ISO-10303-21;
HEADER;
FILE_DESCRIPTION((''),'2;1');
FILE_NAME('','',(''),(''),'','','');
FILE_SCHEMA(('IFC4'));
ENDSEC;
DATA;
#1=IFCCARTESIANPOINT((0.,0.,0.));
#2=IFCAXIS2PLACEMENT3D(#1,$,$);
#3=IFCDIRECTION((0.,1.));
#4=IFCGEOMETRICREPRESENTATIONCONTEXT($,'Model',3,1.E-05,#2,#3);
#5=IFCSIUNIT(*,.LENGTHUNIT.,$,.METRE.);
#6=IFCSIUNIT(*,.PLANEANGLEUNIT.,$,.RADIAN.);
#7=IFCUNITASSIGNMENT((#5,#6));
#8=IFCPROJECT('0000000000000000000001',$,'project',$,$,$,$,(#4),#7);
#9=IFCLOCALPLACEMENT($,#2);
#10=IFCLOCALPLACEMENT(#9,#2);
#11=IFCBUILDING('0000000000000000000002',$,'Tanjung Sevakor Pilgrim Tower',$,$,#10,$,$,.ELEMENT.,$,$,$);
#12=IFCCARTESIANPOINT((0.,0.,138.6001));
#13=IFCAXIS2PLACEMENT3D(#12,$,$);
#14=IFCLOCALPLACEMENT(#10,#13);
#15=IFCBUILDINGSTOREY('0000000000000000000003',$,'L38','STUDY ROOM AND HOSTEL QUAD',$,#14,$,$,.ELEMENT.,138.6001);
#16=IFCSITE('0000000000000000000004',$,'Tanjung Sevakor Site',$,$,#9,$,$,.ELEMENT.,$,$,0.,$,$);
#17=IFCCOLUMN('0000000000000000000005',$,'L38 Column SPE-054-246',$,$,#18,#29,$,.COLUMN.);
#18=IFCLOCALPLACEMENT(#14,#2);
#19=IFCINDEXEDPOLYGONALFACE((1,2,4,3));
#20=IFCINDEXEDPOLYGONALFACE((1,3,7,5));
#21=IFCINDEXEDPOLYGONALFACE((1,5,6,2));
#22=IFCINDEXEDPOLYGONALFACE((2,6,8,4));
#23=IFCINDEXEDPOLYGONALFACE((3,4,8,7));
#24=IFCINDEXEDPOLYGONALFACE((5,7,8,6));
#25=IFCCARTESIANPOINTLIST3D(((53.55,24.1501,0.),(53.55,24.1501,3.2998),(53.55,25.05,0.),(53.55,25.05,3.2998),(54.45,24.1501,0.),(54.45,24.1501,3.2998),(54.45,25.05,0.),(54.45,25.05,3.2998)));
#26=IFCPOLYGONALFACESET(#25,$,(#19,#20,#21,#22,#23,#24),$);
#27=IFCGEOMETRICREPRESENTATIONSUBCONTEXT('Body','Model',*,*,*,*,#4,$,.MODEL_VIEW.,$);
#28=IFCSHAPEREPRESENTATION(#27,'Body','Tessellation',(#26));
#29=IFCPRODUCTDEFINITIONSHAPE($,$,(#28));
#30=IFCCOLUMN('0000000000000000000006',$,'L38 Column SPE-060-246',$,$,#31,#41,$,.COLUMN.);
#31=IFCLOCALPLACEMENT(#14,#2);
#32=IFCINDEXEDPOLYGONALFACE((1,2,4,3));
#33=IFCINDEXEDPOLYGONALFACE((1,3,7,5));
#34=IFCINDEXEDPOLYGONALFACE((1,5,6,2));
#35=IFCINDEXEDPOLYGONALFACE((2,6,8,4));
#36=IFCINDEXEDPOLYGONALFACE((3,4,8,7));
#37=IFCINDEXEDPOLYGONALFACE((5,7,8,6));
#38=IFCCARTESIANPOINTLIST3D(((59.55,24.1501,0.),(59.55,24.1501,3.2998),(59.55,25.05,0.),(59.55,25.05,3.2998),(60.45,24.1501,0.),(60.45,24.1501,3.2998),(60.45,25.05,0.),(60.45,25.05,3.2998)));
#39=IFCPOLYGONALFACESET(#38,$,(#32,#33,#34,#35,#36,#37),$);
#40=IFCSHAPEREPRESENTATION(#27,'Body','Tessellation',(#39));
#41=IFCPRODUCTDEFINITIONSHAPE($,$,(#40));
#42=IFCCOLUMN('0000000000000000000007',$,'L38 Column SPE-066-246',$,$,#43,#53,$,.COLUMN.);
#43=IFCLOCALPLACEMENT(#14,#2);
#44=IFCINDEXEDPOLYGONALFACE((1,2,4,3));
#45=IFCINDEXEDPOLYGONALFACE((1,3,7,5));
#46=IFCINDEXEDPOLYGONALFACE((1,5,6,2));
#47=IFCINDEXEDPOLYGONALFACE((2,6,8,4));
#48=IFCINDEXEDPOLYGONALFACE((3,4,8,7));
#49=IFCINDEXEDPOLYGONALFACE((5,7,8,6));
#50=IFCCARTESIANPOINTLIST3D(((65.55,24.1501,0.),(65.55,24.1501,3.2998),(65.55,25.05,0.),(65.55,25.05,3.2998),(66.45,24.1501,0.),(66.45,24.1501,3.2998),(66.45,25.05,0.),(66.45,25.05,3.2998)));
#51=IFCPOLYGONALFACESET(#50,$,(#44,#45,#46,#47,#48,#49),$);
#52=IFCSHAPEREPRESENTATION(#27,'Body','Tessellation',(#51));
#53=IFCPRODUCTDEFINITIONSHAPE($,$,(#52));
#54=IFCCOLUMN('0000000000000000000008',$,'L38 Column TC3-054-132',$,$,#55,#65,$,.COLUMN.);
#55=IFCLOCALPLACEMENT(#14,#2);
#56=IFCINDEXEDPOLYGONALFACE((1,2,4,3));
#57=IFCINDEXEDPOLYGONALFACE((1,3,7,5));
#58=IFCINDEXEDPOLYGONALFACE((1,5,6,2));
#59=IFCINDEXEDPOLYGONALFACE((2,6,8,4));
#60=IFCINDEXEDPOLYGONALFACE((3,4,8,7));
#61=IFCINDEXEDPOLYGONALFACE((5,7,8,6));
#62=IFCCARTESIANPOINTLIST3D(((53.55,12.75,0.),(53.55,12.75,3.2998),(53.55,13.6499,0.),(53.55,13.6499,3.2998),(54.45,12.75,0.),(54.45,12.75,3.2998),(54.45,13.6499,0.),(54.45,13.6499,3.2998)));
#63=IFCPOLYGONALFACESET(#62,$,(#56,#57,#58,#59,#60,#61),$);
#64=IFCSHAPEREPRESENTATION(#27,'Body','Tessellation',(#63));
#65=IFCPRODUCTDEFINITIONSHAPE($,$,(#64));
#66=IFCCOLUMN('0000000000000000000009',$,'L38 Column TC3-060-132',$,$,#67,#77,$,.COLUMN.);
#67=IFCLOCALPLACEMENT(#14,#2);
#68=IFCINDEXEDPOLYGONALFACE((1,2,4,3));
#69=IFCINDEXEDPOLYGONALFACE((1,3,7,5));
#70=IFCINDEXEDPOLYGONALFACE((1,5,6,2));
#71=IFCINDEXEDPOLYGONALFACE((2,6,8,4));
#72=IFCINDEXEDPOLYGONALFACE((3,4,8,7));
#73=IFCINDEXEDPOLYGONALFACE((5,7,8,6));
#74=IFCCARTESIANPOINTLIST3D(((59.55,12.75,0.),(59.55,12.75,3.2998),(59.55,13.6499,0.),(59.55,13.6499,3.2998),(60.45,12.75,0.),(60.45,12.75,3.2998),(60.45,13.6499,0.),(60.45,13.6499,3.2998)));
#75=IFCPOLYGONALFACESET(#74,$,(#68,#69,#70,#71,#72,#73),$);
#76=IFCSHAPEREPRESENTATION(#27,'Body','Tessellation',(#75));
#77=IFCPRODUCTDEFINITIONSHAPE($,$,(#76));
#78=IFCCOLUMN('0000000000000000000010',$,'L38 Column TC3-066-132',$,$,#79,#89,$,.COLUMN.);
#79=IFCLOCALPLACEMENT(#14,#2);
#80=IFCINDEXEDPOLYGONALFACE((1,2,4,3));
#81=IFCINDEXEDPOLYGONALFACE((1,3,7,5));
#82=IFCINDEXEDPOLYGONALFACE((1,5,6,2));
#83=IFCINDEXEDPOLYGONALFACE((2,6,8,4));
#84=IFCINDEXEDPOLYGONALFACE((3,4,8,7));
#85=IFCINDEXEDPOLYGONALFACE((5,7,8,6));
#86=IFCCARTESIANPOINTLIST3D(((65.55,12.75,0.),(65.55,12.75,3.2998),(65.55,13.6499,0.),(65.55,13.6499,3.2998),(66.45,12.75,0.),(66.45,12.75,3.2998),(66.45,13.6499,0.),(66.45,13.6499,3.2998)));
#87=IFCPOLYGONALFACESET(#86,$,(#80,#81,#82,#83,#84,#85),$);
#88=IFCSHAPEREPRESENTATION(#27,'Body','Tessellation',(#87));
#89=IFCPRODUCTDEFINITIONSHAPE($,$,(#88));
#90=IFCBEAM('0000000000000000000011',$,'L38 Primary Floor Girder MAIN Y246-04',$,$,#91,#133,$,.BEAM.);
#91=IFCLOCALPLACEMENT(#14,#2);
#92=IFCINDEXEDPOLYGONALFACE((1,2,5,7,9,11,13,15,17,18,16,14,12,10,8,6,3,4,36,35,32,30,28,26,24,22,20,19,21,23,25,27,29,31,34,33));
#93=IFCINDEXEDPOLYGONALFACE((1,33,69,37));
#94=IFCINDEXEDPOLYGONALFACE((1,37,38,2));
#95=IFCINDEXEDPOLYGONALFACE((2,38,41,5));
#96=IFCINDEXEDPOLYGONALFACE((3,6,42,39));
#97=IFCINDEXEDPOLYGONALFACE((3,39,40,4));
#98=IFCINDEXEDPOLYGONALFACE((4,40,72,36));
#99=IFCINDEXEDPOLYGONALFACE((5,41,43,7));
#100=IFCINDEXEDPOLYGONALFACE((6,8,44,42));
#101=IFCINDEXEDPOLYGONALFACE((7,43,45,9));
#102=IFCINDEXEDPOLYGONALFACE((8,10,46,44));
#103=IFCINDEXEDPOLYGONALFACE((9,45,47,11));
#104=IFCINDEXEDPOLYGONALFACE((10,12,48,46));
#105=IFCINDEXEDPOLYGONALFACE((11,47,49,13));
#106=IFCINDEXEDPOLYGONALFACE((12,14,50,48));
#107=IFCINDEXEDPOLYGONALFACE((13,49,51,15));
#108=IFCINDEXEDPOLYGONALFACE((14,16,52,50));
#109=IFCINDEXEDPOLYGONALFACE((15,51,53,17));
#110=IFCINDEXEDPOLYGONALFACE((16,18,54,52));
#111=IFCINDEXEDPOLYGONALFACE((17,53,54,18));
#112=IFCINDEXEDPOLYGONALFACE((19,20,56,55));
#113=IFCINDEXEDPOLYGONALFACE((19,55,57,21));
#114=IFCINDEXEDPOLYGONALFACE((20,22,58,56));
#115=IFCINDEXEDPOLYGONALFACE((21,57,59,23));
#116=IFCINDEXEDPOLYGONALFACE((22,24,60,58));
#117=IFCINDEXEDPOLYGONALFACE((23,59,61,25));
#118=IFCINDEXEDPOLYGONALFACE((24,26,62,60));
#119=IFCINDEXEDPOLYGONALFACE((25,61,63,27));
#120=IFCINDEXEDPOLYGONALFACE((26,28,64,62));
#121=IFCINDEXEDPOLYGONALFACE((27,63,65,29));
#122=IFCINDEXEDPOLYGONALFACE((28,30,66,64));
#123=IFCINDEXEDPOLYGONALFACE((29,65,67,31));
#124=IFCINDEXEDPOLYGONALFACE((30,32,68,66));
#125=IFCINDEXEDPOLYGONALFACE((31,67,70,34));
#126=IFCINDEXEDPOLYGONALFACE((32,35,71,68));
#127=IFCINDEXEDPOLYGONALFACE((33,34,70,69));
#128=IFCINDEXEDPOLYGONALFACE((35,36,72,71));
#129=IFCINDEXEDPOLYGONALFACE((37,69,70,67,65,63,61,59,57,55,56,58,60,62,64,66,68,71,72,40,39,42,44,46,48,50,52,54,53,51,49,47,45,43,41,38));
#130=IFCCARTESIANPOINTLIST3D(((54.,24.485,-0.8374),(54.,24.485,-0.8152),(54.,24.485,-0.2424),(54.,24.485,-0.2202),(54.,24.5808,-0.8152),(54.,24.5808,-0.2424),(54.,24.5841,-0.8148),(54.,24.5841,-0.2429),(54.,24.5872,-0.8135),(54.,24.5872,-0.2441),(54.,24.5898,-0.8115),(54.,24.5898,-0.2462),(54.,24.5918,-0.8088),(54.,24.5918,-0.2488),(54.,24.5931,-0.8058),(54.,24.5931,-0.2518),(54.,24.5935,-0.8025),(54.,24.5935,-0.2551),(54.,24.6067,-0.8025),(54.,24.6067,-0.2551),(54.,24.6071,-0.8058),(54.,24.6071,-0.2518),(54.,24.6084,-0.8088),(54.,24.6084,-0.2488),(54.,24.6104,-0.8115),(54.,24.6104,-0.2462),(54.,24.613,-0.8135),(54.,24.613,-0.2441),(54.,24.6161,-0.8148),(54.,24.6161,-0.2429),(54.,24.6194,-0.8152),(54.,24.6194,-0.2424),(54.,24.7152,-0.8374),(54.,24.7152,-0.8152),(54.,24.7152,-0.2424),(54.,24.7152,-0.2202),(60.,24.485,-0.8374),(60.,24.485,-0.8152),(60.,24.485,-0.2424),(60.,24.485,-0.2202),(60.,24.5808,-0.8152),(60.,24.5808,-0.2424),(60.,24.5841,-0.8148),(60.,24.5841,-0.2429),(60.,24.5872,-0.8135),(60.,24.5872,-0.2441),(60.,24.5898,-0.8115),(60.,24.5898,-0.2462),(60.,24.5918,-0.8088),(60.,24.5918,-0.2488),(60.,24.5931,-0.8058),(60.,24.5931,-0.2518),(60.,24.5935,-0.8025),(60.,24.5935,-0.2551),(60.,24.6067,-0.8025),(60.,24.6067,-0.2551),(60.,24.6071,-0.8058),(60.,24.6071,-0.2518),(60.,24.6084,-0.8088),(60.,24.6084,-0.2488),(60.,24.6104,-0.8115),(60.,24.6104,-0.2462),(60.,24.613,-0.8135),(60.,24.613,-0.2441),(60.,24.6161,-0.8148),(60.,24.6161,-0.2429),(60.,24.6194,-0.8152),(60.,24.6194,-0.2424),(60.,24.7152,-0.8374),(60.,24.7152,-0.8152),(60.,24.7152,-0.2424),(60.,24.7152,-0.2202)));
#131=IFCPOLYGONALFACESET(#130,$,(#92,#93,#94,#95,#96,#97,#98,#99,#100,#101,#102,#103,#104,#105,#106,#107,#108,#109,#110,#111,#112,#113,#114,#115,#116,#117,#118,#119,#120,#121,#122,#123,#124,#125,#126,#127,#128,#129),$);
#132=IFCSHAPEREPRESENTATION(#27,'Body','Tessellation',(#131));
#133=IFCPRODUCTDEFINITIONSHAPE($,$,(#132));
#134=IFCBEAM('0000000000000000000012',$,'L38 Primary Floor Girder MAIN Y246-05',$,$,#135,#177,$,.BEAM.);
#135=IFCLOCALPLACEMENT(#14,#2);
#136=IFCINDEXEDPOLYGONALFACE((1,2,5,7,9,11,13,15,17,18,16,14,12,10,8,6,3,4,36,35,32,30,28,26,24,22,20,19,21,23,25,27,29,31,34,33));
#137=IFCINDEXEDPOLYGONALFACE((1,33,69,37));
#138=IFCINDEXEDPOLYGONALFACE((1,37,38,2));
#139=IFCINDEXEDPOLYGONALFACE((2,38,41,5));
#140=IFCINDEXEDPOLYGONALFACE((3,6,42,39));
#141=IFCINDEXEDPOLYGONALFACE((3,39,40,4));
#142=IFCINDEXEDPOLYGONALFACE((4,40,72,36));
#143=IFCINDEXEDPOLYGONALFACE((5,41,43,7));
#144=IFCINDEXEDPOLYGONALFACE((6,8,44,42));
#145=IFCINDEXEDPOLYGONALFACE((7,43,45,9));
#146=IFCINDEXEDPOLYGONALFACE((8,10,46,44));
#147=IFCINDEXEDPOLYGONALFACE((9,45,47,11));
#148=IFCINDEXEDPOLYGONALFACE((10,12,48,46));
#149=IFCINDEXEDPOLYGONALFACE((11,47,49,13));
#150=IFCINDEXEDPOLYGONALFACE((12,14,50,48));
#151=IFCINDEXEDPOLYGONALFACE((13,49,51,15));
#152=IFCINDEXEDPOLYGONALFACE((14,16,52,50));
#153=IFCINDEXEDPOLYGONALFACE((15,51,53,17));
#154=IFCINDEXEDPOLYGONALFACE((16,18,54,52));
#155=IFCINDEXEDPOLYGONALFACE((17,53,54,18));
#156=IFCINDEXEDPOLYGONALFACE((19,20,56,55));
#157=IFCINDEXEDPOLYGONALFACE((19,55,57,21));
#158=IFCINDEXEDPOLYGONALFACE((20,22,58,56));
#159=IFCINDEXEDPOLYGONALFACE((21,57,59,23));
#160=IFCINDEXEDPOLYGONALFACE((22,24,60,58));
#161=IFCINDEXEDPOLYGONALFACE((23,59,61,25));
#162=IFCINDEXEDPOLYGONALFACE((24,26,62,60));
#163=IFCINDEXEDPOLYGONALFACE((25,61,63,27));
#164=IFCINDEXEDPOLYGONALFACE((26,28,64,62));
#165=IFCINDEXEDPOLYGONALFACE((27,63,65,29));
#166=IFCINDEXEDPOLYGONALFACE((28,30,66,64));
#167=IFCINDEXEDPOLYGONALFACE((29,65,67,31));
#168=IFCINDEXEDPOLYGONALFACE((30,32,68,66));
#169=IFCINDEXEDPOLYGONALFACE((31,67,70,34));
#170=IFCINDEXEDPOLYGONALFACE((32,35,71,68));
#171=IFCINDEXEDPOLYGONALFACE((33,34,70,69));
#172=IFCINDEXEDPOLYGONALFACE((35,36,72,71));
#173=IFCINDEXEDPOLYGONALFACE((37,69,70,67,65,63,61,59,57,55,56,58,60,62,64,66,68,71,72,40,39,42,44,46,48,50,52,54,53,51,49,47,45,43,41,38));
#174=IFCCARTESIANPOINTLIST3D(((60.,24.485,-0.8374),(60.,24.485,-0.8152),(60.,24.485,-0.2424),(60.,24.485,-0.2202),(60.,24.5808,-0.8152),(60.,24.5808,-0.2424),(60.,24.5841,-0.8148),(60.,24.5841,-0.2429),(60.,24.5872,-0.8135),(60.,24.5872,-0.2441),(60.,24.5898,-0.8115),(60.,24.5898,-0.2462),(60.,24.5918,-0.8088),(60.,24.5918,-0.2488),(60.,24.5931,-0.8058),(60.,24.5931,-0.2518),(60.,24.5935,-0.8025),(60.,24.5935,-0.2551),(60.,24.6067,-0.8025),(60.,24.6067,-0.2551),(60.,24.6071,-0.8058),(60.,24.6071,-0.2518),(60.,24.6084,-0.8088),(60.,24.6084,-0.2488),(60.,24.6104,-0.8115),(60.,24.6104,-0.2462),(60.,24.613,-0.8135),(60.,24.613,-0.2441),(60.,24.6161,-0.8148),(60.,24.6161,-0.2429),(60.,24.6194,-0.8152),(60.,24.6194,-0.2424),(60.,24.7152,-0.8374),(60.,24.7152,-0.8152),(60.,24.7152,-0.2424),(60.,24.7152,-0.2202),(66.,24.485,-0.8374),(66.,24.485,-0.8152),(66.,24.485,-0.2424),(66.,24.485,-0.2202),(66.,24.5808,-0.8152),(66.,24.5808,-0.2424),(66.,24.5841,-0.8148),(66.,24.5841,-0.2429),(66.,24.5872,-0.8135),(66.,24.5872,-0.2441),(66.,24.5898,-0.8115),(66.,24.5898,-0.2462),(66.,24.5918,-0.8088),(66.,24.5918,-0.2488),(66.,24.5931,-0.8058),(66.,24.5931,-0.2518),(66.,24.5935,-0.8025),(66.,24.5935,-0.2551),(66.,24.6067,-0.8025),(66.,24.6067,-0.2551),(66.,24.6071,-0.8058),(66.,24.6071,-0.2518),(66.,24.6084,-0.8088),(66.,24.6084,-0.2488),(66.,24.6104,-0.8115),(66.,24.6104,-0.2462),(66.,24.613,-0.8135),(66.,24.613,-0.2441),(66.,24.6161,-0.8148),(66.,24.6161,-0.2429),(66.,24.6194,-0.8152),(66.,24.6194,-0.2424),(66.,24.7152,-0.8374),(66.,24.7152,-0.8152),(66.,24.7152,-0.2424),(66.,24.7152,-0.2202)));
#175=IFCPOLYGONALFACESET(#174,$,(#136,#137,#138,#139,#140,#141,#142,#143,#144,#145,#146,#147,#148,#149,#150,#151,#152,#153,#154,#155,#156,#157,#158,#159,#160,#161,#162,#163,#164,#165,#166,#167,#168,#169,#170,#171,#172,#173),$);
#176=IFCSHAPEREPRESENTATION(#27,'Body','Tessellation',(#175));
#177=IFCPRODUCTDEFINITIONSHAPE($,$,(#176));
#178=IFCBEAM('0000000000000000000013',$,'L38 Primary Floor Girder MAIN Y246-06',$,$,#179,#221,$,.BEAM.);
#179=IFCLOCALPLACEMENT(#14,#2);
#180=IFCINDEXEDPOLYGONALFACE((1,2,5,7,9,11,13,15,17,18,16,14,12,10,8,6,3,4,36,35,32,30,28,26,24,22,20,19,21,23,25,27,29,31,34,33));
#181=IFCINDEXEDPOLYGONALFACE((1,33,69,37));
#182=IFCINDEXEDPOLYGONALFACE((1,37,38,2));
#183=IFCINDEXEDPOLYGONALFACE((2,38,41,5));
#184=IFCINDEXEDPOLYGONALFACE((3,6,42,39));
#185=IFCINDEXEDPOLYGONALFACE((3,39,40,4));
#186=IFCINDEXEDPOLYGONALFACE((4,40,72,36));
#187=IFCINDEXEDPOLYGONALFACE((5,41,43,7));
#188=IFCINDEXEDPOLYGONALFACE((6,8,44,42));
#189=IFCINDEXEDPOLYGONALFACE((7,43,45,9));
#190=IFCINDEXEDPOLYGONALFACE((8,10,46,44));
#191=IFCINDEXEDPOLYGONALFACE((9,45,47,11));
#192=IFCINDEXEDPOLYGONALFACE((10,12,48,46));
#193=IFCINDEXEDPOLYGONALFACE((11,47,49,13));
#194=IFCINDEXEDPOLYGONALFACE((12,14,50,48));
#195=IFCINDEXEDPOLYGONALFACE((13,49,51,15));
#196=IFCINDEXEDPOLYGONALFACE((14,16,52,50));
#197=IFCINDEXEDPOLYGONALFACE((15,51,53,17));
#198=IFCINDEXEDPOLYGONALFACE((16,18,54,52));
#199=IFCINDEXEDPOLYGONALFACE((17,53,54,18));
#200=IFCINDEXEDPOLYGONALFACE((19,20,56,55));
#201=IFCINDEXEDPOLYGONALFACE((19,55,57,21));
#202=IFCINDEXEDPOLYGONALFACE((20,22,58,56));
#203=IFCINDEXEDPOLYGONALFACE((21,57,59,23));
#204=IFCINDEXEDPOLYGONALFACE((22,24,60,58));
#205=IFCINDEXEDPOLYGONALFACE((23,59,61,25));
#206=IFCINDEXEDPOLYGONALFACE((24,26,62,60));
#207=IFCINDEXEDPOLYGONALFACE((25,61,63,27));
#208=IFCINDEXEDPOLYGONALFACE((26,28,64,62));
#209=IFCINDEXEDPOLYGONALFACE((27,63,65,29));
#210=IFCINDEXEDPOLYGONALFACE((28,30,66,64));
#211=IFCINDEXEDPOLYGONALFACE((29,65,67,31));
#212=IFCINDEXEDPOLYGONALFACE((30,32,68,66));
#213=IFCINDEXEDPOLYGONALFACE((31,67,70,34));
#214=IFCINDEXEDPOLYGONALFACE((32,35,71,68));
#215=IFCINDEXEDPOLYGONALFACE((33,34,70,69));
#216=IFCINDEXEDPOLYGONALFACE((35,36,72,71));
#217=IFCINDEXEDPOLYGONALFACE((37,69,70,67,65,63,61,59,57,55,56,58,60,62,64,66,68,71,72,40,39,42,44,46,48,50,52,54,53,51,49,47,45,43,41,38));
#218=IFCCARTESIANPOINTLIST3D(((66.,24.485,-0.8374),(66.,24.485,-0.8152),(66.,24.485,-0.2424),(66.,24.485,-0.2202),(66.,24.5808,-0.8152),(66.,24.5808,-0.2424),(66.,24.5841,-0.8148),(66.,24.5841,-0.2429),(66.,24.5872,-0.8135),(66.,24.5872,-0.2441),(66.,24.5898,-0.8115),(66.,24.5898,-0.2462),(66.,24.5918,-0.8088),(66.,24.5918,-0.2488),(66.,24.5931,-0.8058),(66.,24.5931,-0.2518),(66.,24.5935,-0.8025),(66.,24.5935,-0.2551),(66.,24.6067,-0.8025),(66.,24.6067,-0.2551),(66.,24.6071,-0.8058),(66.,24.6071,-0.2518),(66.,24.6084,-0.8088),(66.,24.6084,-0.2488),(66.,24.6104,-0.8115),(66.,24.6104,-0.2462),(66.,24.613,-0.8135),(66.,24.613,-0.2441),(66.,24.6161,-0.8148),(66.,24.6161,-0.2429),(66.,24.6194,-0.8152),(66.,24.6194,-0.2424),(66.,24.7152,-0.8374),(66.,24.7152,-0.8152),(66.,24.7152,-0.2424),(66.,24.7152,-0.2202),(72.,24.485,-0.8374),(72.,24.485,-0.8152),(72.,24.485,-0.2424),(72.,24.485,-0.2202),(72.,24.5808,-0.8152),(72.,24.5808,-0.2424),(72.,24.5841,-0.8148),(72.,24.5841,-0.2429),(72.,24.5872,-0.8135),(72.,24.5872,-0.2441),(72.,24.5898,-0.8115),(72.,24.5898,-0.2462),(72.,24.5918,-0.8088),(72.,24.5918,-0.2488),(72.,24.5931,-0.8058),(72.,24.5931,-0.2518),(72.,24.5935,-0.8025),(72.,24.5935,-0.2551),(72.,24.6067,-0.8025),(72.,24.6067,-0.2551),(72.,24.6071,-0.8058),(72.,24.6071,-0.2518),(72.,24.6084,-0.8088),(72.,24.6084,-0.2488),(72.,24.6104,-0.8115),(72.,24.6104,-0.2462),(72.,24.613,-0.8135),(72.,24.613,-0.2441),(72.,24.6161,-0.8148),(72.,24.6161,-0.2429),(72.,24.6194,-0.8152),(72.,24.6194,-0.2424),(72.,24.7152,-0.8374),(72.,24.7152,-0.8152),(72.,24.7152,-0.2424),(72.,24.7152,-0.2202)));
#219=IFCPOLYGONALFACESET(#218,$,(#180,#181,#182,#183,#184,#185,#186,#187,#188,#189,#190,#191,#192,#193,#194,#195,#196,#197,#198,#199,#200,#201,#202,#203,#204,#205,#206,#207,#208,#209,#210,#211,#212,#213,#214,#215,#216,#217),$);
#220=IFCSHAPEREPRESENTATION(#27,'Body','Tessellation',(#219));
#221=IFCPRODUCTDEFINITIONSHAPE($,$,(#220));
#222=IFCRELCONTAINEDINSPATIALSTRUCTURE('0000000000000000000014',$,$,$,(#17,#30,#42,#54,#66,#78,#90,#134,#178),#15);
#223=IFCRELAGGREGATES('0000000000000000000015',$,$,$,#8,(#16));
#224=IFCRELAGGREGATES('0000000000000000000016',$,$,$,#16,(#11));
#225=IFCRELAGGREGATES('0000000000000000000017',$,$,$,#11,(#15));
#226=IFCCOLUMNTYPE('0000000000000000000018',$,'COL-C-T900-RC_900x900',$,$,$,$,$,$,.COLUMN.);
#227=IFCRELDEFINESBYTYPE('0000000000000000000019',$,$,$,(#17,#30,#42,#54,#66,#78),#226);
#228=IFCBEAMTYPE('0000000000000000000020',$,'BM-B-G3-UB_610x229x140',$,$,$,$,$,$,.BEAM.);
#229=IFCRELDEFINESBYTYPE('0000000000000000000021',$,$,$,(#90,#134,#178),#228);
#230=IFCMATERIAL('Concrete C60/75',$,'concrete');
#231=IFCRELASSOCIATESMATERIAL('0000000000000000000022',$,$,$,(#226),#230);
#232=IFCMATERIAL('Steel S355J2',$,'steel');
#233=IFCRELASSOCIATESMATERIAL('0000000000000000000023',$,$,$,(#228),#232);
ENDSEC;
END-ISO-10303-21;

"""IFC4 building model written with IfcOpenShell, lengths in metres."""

from ifc_helpers import new_model, si_unit, direction, frame, origin, origin_2d, place, context, subcontext, project, spatial, rectangle, i_section, extrude, material, material_profile, profile_set, type_object, element, save


model = new_model("IFC4")

# Units and contexts
model_context = context("Model", 3, precision=1e-05, world=origin(), true_north=direction((0.0, 1.0)))
body_context = subcontext(model_context, "Body", "Model", "MODEL_VIEW")
ifc_project = project(units=[si_unit("LENGTHUNIT", "METRE"), si_unit("PLANEANGLEUNIT", "RADIAN")], contexts=[model_context])

# Site, building, storey
site_placement = place(None, origin())
site = spatial("IfcSite", under=ifc_project, at=site_placement, Name="Tanjung Sevakor Site", CompositionType="ELEMENT", RefElevation=0.0)
building_placement = place(site_placement, origin())
building = spatial("IfcBuilding", under=site, at=building_placement, Name="Tanjung Sevakor Pilgrim Tower", CompositionType="ELEMENT")
storey_placement = place(building_placement, frame((0.0, 0.0, 138.6001)))
storey = spatial("IfcBuildingStorey", under=building, at=storey_placement, Name="L38", Description="STUDY ROOM AND HOSTEL QUAD", CompositionType="ELEMENT", Elevation=138.6001)

# Columns
ifc_material_1 = material(Name="Concrete C60/75", Category="concrete")
ifc_material_profile_1 = material_profile(ifc_material_1, rectangle(XDim=0.8999, YDim=0.8999, at=origin_2d()))
ifc_profile_set_1 = profile_set([ifc_material_profile_1], Name="Concrete C60/75")
column_type = type_object("IfcColumnType", Name="COL-C-T900-RC_900x900", PredefinedType="COLUMN", material=ifc_profile_set_1)
for number, where, z_axis, x_axis, name in (
    (1, (54.0, 24.6001, 0.0), (0.0, 0.0, 1.0), (1.0, 0.0, 0.0), "L38 Column SPE-054-246"),
    (2, (60.0, 24.6001, 0.0), (0.0, 0.0, 1.0), (1.0, 0.0, 0.0), "L38 Column SPE-060-246"),
    (3, (66.0, 24.6001, 0.0), (0.0, 0.0, 1.0), (1.0, 0.0, 0.0), "L38 Column SPE-066-246"),
    (4, (54.0, 13.2, 0.0), (0.0, 0.0, 1.0), (1.0, 0.0, 0.0), "L38 Column TC3-054-132"),
    (5, (60.0, 13.2, 0.0), (0.0, 0.0, 1.0), (1.0, 0.0, 0.0), "L38 Column TC3-060-132"),
    (6, (66.0, 13.2, 0.0), (0.0, 0.0, 1.0), (1.0, 0.0, 0.0), "L38 Column TC3-066-132"),
):
    element("IfcColumn", number, at=place(storey_placement, frame(where, z_axis=z_axis, x_axis=x_axis)), inside=storey, type_object=column_type, Name=name, PredefinedType="COLUMN", context=body_context, shape_type="SweptSolid", body=[
        extrude(rectangle(XDim=0.8999, YDim=0.8999, at=origin_2d()), origin(), (0.0, 0.0, 1.0), 3.2998),
    ])

# Beams
ifc_material_2 = material(Name="Steel S355J2", Category="steel")
ifc_material_profile_2 = material_profile(ifc_material_2, i_section(OverallWidth=0.2302, OverallDepth=0.6172, WebThickness=0.0132, FlangeThickness=0.0222, FilletRadius=0.0127, at=origin_2d()))
ifc_profile_set_2 = profile_set([ifc_material_profile_2], Name="Steel S355J2")
beam_type_1 = type_object("IfcBeamType", Name="BM-B-G3-UB_610x229x140", PredefinedType="BEAM", material=ifc_profile_set_2)
for number, where, z_axis, x_axis, name in (
    (7, (54.0, 24.6001, -0.5288), (1.0, 0.0, 0.0), (0.0, 1.0, 0.0), "L38 Primary Floor Girder MAIN Y246-04"),
    (8, (60.0, 24.6001, -0.5288), (1.0, 0.0, 0.0), (0.0, 1.0, 0.0), "L38 Primary Floor Girder MAIN Y246-05"),
    (9, (66.0, 24.6001, -0.5288), (1.0, 0.0, 0.0), (0.0, 1.0, 0.0), "L38 Primary Floor Girder MAIN Y246-06"),
):
    element("IfcBeam", number, at=place(storey_placement, frame(where, z_axis=z_axis, x_axis=x_axis)), inside=storey, type_object=beam_type_1, Name=name, PredefinedType="BEAM", context=body_context, shape_type="SweptSolid", body=[
        extrude(i_section(OverallWidth=0.2302, OverallDepth=0.6172, WebThickness=0.0132, FlangeThickness=0.0222, FilletRadius=0.0127, at=origin_2d()), origin(), (0.0, 0.0, 1.0), 6.0),
    ])

save(model, "model.ifc")
